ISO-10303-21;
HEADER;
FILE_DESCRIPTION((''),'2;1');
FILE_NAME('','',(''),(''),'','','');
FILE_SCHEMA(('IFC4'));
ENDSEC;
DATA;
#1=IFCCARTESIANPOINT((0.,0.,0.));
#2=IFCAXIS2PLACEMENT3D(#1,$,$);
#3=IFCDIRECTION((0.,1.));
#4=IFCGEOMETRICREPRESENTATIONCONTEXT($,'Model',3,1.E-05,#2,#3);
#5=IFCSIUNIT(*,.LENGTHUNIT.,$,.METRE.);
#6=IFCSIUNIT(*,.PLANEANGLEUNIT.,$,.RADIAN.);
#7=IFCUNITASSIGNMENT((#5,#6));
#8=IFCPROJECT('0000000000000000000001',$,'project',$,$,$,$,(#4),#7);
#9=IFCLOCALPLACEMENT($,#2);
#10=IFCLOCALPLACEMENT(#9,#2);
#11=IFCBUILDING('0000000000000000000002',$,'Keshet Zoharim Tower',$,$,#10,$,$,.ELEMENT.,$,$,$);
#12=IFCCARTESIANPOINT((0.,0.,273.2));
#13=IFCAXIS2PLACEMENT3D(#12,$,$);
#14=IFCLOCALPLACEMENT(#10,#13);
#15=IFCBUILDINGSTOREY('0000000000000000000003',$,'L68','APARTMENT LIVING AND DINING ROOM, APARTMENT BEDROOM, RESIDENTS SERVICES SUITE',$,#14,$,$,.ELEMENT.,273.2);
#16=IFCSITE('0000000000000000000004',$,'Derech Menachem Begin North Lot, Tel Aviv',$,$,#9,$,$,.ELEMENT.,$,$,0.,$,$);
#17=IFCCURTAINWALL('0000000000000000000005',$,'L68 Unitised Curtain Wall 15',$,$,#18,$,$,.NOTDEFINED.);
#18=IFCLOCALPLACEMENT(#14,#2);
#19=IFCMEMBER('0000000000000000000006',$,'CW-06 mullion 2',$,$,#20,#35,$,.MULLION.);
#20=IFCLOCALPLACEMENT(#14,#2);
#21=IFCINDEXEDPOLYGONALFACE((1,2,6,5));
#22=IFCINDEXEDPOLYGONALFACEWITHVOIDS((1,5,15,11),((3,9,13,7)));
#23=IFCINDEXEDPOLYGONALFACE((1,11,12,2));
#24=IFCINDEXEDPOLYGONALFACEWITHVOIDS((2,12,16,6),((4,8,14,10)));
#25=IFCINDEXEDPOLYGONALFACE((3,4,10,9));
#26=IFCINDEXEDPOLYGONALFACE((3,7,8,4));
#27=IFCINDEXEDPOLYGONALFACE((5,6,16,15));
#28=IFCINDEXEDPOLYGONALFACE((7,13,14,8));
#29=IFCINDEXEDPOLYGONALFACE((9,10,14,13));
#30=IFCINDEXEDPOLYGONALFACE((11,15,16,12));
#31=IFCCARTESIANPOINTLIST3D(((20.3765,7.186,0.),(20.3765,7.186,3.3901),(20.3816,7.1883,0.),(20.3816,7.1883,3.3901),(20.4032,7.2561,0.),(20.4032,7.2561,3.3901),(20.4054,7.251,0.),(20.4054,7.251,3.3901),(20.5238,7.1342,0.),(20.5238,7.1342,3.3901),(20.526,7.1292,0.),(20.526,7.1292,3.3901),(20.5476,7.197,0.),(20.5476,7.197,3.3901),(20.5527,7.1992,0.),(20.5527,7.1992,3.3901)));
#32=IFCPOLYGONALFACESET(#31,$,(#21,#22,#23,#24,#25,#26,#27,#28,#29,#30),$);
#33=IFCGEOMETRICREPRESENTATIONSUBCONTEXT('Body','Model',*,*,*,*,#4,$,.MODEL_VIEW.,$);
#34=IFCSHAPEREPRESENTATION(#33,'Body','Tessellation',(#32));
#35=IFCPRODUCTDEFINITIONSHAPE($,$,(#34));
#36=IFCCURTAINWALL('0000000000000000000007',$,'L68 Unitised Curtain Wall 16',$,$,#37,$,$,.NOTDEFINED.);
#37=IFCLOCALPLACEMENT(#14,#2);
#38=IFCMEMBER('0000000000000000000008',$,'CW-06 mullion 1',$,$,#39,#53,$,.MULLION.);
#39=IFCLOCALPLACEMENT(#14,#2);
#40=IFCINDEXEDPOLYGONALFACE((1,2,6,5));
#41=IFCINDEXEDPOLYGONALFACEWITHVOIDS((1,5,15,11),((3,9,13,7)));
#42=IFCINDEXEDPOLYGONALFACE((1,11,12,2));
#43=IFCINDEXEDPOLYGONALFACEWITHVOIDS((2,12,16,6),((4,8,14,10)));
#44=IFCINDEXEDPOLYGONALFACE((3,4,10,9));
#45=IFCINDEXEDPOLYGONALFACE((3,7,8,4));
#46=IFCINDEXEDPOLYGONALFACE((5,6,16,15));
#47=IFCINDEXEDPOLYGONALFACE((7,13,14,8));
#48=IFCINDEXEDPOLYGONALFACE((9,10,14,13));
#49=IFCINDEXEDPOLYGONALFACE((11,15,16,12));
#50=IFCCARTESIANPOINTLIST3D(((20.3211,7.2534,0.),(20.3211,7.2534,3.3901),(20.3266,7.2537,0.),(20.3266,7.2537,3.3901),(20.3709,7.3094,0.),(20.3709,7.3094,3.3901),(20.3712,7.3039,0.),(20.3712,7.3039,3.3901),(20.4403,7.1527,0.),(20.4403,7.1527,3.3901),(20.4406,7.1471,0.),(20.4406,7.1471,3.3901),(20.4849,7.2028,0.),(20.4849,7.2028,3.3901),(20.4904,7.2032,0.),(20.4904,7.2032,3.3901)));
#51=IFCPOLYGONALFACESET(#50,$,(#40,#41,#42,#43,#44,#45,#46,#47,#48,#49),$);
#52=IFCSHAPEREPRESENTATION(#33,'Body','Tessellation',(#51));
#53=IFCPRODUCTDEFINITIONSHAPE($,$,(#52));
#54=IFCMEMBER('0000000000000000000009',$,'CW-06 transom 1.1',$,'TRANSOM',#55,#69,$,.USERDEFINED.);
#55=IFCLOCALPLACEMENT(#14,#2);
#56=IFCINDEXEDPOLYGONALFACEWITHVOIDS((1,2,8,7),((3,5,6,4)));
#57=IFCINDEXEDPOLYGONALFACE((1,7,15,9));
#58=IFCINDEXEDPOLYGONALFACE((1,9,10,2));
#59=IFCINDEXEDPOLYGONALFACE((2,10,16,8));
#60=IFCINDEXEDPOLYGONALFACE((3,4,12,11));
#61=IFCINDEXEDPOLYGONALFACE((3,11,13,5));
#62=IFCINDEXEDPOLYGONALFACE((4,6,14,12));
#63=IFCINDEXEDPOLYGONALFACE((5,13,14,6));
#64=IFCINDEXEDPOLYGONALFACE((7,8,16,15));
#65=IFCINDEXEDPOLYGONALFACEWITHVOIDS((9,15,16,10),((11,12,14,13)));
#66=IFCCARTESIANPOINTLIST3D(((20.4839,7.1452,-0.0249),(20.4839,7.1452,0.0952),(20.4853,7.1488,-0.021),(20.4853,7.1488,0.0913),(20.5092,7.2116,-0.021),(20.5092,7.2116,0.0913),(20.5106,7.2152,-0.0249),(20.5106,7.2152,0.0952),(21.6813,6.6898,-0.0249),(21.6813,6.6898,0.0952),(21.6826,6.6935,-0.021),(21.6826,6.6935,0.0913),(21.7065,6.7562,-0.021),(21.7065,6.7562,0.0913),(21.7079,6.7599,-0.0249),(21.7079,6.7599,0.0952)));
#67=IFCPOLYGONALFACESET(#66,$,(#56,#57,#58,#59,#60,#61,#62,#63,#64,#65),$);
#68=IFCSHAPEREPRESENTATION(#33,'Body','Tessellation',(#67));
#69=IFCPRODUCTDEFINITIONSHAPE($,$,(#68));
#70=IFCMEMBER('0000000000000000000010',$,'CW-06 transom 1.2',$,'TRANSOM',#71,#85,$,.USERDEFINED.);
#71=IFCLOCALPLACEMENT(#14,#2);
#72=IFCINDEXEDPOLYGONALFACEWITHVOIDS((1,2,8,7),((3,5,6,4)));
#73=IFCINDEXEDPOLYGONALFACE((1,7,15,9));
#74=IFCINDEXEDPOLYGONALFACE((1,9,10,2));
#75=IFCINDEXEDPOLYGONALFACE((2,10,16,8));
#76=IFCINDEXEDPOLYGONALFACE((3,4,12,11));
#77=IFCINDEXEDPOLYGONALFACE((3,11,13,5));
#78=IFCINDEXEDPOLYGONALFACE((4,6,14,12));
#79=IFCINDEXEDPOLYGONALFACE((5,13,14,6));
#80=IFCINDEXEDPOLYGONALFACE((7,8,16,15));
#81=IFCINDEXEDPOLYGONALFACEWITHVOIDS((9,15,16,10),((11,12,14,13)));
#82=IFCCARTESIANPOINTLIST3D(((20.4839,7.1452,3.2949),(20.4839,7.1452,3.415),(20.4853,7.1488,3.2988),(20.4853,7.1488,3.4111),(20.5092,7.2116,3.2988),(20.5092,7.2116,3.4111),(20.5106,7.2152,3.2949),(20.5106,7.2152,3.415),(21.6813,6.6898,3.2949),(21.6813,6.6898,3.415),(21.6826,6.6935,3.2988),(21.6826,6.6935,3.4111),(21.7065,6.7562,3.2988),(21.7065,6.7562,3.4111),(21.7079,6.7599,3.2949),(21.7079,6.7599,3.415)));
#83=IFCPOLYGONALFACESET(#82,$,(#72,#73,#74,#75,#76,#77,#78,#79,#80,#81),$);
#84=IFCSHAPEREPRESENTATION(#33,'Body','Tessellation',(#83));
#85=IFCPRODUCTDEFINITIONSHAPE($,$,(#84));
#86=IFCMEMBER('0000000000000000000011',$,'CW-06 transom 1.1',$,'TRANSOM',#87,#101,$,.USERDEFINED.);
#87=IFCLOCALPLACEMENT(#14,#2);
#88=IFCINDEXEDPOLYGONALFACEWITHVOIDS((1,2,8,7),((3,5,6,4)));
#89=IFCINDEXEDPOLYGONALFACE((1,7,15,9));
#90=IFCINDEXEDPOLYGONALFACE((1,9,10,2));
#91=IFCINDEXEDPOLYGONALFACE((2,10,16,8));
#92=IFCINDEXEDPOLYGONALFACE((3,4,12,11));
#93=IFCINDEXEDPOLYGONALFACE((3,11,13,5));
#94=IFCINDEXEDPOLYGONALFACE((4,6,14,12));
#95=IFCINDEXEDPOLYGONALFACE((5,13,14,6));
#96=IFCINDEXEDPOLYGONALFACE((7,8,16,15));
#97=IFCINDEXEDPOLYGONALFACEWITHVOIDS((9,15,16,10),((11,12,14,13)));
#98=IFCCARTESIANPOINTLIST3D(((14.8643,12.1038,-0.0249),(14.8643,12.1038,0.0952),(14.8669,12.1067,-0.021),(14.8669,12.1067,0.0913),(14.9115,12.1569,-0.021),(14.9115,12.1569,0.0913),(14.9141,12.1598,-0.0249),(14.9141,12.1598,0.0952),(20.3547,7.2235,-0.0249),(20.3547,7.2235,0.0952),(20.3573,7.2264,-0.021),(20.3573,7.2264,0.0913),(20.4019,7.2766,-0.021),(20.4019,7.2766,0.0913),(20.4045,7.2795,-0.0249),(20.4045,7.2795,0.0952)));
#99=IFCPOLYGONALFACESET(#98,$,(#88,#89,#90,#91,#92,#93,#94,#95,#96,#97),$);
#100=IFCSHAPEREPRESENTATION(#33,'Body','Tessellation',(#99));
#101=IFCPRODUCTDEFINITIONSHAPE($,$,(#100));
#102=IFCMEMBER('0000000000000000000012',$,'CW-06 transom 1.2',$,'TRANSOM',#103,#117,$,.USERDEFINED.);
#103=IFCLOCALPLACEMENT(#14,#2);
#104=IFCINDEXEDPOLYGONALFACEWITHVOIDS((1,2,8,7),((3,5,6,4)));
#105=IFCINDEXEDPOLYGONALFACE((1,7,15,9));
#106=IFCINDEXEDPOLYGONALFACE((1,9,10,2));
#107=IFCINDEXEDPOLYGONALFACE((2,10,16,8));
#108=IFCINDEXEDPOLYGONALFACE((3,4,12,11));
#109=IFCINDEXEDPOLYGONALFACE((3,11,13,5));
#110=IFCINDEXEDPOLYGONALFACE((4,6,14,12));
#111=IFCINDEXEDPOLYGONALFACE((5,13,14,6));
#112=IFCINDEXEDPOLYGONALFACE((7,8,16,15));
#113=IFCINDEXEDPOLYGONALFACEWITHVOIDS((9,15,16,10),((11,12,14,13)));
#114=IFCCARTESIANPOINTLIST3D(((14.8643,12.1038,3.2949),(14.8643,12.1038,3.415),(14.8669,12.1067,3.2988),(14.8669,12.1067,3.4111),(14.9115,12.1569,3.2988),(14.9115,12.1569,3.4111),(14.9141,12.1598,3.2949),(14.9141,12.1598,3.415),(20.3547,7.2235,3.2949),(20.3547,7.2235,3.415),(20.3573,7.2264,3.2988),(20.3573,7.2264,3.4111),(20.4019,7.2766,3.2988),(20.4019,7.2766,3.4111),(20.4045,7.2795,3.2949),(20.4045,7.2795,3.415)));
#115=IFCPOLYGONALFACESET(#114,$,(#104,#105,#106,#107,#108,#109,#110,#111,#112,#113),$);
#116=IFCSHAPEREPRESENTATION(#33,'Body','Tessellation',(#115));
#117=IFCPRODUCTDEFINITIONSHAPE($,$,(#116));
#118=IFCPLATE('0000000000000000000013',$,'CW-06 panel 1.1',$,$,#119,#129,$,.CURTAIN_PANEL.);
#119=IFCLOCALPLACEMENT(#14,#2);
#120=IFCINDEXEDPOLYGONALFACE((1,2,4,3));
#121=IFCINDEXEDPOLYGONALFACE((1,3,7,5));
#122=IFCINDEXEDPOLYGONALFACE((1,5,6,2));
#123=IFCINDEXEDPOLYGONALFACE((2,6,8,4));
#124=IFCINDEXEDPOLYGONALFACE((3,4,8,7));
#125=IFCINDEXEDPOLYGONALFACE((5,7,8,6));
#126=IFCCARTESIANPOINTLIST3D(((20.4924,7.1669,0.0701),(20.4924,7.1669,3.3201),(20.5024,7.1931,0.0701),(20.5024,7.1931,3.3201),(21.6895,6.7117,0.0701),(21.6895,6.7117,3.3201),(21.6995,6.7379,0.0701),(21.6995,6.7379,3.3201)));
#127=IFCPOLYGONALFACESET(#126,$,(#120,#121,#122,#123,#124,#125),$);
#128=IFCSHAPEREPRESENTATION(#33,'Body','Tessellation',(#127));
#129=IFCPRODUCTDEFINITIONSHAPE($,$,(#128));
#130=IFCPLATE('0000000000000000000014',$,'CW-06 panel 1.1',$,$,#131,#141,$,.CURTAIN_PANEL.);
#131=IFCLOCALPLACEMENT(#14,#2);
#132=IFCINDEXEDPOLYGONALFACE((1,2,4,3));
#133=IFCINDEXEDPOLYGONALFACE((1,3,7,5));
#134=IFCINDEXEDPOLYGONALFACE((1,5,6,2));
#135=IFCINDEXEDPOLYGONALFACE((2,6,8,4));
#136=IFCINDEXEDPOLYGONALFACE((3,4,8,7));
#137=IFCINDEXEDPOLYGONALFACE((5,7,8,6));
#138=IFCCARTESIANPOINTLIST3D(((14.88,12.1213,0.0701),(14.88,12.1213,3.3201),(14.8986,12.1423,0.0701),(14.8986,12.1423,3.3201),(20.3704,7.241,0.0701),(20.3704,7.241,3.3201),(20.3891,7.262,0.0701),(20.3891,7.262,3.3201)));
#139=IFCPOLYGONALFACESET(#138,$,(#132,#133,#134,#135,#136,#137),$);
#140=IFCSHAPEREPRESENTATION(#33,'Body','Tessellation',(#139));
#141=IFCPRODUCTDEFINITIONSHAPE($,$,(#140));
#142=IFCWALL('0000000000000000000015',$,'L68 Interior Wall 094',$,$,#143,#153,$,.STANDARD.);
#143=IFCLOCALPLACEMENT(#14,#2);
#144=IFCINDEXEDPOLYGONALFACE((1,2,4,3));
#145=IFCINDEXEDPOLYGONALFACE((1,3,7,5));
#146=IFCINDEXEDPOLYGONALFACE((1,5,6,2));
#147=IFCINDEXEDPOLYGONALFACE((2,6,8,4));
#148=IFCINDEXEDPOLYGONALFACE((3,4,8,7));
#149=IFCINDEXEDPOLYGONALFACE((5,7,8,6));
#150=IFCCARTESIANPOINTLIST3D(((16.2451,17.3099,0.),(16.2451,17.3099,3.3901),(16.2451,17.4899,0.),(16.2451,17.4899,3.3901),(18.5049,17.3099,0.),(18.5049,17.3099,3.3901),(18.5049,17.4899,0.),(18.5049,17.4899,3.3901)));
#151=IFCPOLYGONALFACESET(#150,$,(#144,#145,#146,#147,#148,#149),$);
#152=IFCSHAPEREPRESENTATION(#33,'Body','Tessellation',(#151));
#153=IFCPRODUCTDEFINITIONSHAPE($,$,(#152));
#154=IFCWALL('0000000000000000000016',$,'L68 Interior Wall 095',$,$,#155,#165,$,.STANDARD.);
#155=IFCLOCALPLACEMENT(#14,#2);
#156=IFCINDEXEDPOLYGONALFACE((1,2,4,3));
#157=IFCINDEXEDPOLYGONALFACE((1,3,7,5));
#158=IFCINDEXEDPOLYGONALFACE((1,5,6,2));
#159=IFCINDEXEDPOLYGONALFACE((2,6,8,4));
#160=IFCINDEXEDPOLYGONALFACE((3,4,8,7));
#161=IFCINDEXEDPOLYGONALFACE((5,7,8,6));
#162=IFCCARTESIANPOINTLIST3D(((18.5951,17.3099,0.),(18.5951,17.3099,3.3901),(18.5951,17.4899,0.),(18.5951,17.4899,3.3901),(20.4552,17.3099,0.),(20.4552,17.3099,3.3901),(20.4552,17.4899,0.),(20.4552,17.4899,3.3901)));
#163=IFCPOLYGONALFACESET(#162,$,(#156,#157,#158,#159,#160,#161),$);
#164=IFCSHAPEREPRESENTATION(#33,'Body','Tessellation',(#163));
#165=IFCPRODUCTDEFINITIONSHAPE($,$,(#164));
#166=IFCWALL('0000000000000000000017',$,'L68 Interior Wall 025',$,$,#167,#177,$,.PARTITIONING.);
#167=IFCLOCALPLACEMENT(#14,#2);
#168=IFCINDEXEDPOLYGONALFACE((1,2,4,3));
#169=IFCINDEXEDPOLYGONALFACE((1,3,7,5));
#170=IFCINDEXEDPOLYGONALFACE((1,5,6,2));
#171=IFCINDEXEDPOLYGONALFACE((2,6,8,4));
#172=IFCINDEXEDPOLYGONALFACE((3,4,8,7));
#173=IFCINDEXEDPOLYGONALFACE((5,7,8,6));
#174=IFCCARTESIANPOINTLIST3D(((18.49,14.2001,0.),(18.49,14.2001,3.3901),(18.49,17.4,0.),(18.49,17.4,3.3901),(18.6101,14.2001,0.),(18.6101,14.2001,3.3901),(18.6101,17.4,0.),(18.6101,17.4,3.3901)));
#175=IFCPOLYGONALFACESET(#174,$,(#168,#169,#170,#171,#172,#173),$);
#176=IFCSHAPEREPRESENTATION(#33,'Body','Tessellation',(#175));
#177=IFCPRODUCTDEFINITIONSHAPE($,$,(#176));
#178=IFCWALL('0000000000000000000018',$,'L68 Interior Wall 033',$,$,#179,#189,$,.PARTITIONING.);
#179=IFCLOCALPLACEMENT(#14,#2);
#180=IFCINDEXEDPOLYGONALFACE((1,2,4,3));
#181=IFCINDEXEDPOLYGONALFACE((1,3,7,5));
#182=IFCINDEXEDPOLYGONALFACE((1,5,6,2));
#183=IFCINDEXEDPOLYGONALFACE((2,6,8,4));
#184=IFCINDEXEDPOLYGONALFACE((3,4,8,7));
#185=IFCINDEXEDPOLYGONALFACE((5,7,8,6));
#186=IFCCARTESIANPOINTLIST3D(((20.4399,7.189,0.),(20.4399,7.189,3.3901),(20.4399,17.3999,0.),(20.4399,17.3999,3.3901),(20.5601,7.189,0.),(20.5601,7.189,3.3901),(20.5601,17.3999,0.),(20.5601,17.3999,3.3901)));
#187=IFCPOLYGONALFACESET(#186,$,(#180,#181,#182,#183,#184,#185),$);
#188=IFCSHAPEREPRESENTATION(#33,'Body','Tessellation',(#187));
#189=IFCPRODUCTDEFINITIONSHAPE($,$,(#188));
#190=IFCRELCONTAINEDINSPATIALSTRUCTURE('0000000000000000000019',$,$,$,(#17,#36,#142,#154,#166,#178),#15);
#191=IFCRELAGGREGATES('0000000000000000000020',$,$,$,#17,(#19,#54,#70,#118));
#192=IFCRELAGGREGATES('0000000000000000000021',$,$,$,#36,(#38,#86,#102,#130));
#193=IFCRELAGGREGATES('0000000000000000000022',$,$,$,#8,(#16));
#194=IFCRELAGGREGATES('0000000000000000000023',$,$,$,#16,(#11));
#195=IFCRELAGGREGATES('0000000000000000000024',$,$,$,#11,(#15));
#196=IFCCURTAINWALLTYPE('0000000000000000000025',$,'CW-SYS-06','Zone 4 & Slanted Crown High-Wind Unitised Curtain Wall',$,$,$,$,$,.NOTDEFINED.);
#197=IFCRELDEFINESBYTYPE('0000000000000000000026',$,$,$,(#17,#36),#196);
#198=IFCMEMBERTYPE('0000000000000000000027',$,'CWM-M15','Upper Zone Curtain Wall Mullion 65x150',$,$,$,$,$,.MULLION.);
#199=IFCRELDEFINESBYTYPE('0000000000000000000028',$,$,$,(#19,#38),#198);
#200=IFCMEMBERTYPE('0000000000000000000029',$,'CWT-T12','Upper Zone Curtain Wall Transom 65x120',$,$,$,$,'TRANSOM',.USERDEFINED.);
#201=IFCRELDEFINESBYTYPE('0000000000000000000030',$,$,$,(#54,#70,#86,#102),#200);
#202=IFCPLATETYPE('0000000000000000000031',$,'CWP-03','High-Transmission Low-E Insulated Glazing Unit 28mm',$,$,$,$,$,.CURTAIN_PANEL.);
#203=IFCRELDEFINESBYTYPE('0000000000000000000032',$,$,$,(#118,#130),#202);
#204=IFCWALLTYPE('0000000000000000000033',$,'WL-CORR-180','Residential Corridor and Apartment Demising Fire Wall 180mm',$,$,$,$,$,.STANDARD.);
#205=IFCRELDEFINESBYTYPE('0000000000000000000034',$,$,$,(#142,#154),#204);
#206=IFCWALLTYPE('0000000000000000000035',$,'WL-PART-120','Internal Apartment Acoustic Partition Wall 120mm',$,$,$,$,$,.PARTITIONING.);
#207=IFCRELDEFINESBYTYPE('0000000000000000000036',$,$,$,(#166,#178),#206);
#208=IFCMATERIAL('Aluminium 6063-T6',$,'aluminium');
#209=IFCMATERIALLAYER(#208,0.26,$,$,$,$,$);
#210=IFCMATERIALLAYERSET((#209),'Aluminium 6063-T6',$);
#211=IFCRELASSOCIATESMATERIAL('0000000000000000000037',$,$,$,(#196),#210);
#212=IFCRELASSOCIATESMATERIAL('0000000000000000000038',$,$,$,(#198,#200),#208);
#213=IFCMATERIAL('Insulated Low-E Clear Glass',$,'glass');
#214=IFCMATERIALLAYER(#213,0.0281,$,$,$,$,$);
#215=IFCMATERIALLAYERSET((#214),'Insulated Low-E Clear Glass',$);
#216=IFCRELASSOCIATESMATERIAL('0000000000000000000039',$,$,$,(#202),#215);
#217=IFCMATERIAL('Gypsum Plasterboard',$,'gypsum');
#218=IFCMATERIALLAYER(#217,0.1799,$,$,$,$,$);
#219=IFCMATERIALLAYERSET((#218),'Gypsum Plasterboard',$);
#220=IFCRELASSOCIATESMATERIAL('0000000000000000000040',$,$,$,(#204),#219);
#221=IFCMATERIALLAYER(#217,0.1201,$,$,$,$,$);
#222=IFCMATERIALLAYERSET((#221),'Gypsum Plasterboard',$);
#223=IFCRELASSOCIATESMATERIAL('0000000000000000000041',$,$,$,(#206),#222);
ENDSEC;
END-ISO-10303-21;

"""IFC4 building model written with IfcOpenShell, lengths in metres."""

from ifc_helpers import new_model, si_unit, direction, frame, frame_2d, origin, origin_2d, place, context, subcontext, project, spatial, rectangle, hollow_rectangle, extrude, material, layer, layer_set, material_profile, profile_set, type_object, element, aggregate, save


model = new_model("IFC4")

# Units and contexts
model_context = context("Model", 3, precision=1e-05, world=origin(), true_north=direction((0.0, 1.0)))
body_context = subcontext(model_context, "Body", "Model", "MODEL_VIEW")
ifc_project = project(units=[si_unit("LENGTHUNIT", "METRE"), si_unit("PLANEANGLEUNIT", "RADIAN")], contexts=[model_context])

# Site, building, storey
site_placement = place(None, origin())
site = spatial("IfcSite", under=ifc_project, at=site_placement, Name="Derech Menachem Begin North Lot, Tel Aviv", CompositionType="ELEMENT", RefElevation=0.0)
building_placement = place(site_placement, origin())
building = spatial("IfcBuilding", under=site, at=building_placement, Name="Keshet Zoharim Tower", CompositionType="ELEMENT")
storey_placement = place(building_placement, frame((0.0, 0.0, 273.2)))
storey = spatial("IfcBuildingStorey", under=building, at=storey_placement, Name="L68", Description="APARTMENT LIVING AND DINING ROOM, APARTMENT BEDROOM, RESIDENTS SERVICES SUITE", CompositionType="ELEMENT", Elevation=273.2)

# Shared definitions
ifc_material_1 = material(Name="Aluminium 6063-T6", Category="aluminium")
ifc_layer_1 = layer(ifc_material_1, 0.26)
ifc_layer_set_1 = layer_set([ifc_layer_1], Name="Aluminium 6063-T6")
curtain_wall_type = type_object("IfcCurtainWallType", Name="CW-SYS-06", Description="Zone 4 & Slanted Crown High-Wind Unitised Curtain Wall", PredefinedType="NOTDEFINED", material=ifc_layer_set_1)
ifc_material_profile_1 = material_profile(ifc_material_1, hollow_rectangle(XDim=0.075, YDim=0.1599, WallThickness=0.0039, at=origin_2d()), Name="MUL-75x160")
ifc_profile_set_1 = profile_set([ifc_material_profile_1], Name="Aluminium 6063-T6")
member_type_1 = type_object("IfcMemberType", Name="CWM-M15", Description="Upper Zone Curtain Wall Mullion 65x150", PredefinedType="MULLION", material=ifc_profile_set_1)

# Curtain wall, member
curtain_wall_1_placement = place(storey_placement, origin())
curtain_wall_1 = element("IfcCurtainWall", 1, at=curtain_wall_1_placement, inside=storey, type_object=curtain_wall_type, Name="L68 Unitised Curtain Wall 15", PredefinedType="NOTDEFINED")
member_1_placement = place(storey_placement, frame((20.4646, 7.1926, 0.0), z_axis=(0.0, 0.0, 1.0), x_axis=(-0.355439, -0.934699, 0.0)))
member_1 = element("IfcMember", 2, at=member_1_placement, type_object=member_type_1, Name="CW-06 mullion 2", PredefinedType="MULLION", context=body_context, shape_type="SweptSolid", body=[
    extrude(hollow_rectangle(XDim=0.075, YDim=0.1599, WallThickness=0.0039, at=origin_2d()), origin(), (0.0, 0.0, 1.0), 3.3901),
])

# Curtain wall, member
curtain_wall_2_placement = place(storey_placement, origin())
curtain_wall_2 = element("IfcCurtainWall", 3, at=curtain_wall_2_placement, inside=storey, type_object=curtain_wall_type, Name="L68 Unitised Curtain Wall 16", PredefinedType="NOTDEFINED")
member_2_placement = place(storey_placement, frame((20.4058, 7.2283, 0.0), z_axis=(0.0, 0.0, 1.0), x_axis=(-0.664362, -0.747411, 0.0)))
member_2 = element("IfcMember", 4, at=member_2_placement, type_object=member_type_1, Name="CW-06 mullion 1", PredefinedType="MULLION", context=body_context, shape_type="SweptSolid", body=[
    extrude(hollow_rectangle(XDim=0.075, YDim=0.1599, WallThickness=0.0039, at=origin_2d()), origin(), (0.0, 0.0, 1.0), 3.3901),
])

# Members
ifc_material_profile_2 = material_profile(ifc_material_1, hollow_rectangle(XDim=0.075, YDim=0.1201, WallThickness=0.0039, at=origin_2d()), Name="TRN-75x120")
ifc_profile_set_2 = profile_set([ifc_material_profile_2], Name="Aluminium 6063-T6")
member_type_2 = type_object("IfcMemberType", Name="CWT-T12", Description="Upper Zone Curtain Wall Transom 65x120", ElementType="TRANSOM", PredefinedType="USERDEFINED", material=ifc_profile_set_2)
member_3_placement = place(storey_placement, frame((21.6946, 6.7249, 0.0352), z_axis=(-0.93469, 0.355464, 0.0), x_axis=(-0.355464, -0.93469, 0.0)))
member_3 = element("IfcMember", 5, at=member_3_placement, type_object=member_type_2, Name="CW-06 transom 1.1", ObjectType="TRANSOM", PredefinedType="USERDEFINED", context=body_context, shape_type="SweptSolid", body=[
    extrude(hollow_rectangle(XDim=0.075, YDim=0.1201, WallThickness=0.0039, at=origin_2d()), origin(), (0.0, 0.0, 1.0), 1.281),
])
member_4_placement = place(storey_placement, frame((21.6946, 6.7249, 3.355), z_axis=(-0.93469, 0.355464, 0.0), x_axis=(-0.355464, -0.93469, 0.0)))
member_4 = element("IfcMember", 6, at=member_4_placement, type_object=member_type_2, Name="CW-06 transom 1.2", ObjectType="TRANSOM", PredefinedType="USERDEFINED", context=body_context, shape_type="SweptSolid", body=[
    extrude(hollow_rectangle(XDim=0.075, YDim=0.1201, WallThickness=0.0039, at=origin_2d()), origin(), (0.0, 0.0, 1.0), 1.281),
])
member_5_placement = place(storey_placement, frame((20.3796, 7.2515, 0.0352), z_axis=(-0.747413, 0.66436, 0.0), x_axis=(-0.66436, -0.747413, 0.0)))
member_5 = element("IfcMember", 7, at=member_5_placement, type_object=member_type_2, Name="CW-06 transom 1.1", ObjectType="TRANSOM", PredefinedType="USERDEFINED", context=body_context, shape_type="SweptSolid", body=[
    extrude(hollow_rectangle(XDim=0.075, YDim=0.1201, WallThickness=0.0039, at=origin_2d()), origin(), (0.0, 0.0, 1.0), 7.3459),
])
member_6_placement = place(storey_placement, frame((20.3796, 7.2515, 3.355), z_axis=(-0.747413, 0.66436, 0.0), x_axis=(-0.66436, -0.747413, 0.0)))
member_6 = element("IfcMember", 8, at=member_6_placement, type_object=member_type_2, Name="CW-06 transom 1.2", ObjectType="TRANSOM", PredefinedType="USERDEFINED", context=body_context, shape_type="SweptSolid", body=[
    extrude(hollow_rectangle(XDim=0.075, YDim=0.1201, WallThickness=0.0039, at=origin_2d()), origin(), (0.0, 0.0, 1.0), 7.3459),
])

# Plates
ifc_material_2 = material(Name="Insulated Low-E Clear Glass", Category="glass")
ifc_layer_2 = layer(ifc_material_2, 0.0281)
ifc_layer_set_2 = layer_set([ifc_layer_2], Name="Insulated Low-E Clear Glass")
plate_type = type_object("IfcPlateType", Name="CWP-03", Description="High-Transmission Low-E Insulated Glazing Unit 28mm", PredefinedType="CURTAIN_PANEL", material=ifc_layer_set_2)
plate_1_placement = place(storey_placement, frame((21.0959, 6.9524, 0.0701), z_axis=(0.0, 0.0, 1.0), x_axis=(-0.934699, 0.355439, 0.0)))
plate_1 = element("IfcPlate", 9, at=plate_1_placement, type_object=plate_type, Name="CW-06 panel 1.1", PredefinedType="CURTAIN_PANEL", context=body_context, shape_type="SweptSolid", body=[
    extrude(rectangle(XDim=1.2808, YDim=0.0281, at=origin_2d()), origin(), (0.0, 0.0, 1.0), 3.25),
])
aggregate(curtain_wall_1, [member_1, member_3, member_4, plate_1])
plate_2_placement = place(storey_placement, frame((17.6345, 9.6917, 0.0701), z_axis=(0.0, 0.0, 1.0), x_axis=(-0.747411, 0.664362, 0.0)))
plate_2 = element("IfcPlate", 10, at=plate_2_placement, type_object=plate_type, Name="CW-06 panel 1.1", PredefinedType="CURTAIN_PANEL", context=body_context, shape_type="SweptSolid", body=[
    extrude(rectangle(XDim=7.3459, YDim=0.0281, at=origin_2d()), origin(), (0.0, 0.0, 1.0), 3.25),
])
aggregate(curtain_wall_2, [member_2, member_5, member_6, plate_2])

# Shared definitions
ifc_material_3 = material(Name="Gypsum Plasterboard", Category="gypsum")

# Walls
ifc_layer_3 = layer(ifc_material_3, 0.1799)
ifc_layer_set_3 = layer_set([ifc_layer_3], Name="Gypsum Plasterboard")
wall_type_1 = type_object("IfcWallType", Name="WL-CORR-180", Description="Residential Corridor and Apartment Demising Fire Wall 180mm", PredefinedType="STANDARD", material=ifc_layer_set_3)
wall_1_placement = place(storey_placement, frame((16.2451, 17.3999, 0.0), z_axis=(0.0, 0.0, 1.0), x_axis=(1.0, 0.0, 0.0)))
element("IfcWall", 11, at=wall_1_placement, inside=storey, type_object=wall_type_1, Name="L68 Interior Wall 094", PredefinedType="STANDARD", context=body_context, shape_type="SweptSolid", body=[
    extrude(rectangle(XDim=2.2598, YDim=0.1799, at=frame_2d((1.1299, 0.0))), origin(), (0.0, 0.0, 1.0), 3.3901),
])
wall_2_placement = place(storey_placement, frame((18.595, 17.3999, 0.0), z_axis=(0.0, 0.0, 1.0), x_axis=(1.0, 0.0, 0.0)))
element("IfcWall", 12, at=wall_2_placement, inside=storey, type_object=wall_type_1, Name="L68 Interior Wall 095", PredefinedType="STANDARD", context=body_context, shape_type="SweptSolid", body=[
    extrude(rectangle(XDim=1.8601, YDim=0.1799, at=frame_2d((0.9302, 0.0))), origin(), (0.0, 0.0, 1.0), 3.3901),
])

# Shared definitions
ifc_layer_4 = layer(ifc_material_3, 0.1201)
ifc_layer_set_4 = layer_set([ifc_layer_4], Name="Gypsum Plasterboard")
wall_type_2 = type_object("IfcWallType", Name="WL-PART-120", Description="Internal Apartment Acoustic Partition Wall 120mm", PredefinedType="PARTITIONING", material=ifc_layer_set_4)

# Walls
wall_3_placement = place(storey_placement, frame((18.55, 14.2, 0.0), z_axis=(0.0, 0.0, 1.0), x_axis=(0.0, 1.0, 0.0)))
element("IfcWall", 13, at=wall_3_placement, inside=storey, type_object=wall_type_2, Name="L68 Interior Wall 025", PredefinedType="PARTITIONING", context=body_context, shape_type="SweptSolid", body=[
    extrude(rectangle(XDim=3.2, YDim=0.1201, at=frame_2d((1.6001, 0.0))), origin(), (0.0, 0.0, 1.0), 3.3901),
])
wall_4_placement = place(storey_placement, frame((20.5, 7.189, 0.0), z_axis=(0.0, 0.0, 1.0), x_axis=(0.0, 1.0, 0.0)))
element("IfcWall", 14, at=wall_4_placement, inside=storey, type_object=wall_type_2, Name="L68 Interior Wall 033", PredefinedType="PARTITIONING", context=body_context, shape_type="SweptSolid", body=[
    extrude(rectangle(XDim=10.2109, YDim=0.1201, at=frame_2d((5.1055, 0.0))), origin(), (0.0, 0.0, 1.0), 3.3901),
])

save(model, "model.ifc")
